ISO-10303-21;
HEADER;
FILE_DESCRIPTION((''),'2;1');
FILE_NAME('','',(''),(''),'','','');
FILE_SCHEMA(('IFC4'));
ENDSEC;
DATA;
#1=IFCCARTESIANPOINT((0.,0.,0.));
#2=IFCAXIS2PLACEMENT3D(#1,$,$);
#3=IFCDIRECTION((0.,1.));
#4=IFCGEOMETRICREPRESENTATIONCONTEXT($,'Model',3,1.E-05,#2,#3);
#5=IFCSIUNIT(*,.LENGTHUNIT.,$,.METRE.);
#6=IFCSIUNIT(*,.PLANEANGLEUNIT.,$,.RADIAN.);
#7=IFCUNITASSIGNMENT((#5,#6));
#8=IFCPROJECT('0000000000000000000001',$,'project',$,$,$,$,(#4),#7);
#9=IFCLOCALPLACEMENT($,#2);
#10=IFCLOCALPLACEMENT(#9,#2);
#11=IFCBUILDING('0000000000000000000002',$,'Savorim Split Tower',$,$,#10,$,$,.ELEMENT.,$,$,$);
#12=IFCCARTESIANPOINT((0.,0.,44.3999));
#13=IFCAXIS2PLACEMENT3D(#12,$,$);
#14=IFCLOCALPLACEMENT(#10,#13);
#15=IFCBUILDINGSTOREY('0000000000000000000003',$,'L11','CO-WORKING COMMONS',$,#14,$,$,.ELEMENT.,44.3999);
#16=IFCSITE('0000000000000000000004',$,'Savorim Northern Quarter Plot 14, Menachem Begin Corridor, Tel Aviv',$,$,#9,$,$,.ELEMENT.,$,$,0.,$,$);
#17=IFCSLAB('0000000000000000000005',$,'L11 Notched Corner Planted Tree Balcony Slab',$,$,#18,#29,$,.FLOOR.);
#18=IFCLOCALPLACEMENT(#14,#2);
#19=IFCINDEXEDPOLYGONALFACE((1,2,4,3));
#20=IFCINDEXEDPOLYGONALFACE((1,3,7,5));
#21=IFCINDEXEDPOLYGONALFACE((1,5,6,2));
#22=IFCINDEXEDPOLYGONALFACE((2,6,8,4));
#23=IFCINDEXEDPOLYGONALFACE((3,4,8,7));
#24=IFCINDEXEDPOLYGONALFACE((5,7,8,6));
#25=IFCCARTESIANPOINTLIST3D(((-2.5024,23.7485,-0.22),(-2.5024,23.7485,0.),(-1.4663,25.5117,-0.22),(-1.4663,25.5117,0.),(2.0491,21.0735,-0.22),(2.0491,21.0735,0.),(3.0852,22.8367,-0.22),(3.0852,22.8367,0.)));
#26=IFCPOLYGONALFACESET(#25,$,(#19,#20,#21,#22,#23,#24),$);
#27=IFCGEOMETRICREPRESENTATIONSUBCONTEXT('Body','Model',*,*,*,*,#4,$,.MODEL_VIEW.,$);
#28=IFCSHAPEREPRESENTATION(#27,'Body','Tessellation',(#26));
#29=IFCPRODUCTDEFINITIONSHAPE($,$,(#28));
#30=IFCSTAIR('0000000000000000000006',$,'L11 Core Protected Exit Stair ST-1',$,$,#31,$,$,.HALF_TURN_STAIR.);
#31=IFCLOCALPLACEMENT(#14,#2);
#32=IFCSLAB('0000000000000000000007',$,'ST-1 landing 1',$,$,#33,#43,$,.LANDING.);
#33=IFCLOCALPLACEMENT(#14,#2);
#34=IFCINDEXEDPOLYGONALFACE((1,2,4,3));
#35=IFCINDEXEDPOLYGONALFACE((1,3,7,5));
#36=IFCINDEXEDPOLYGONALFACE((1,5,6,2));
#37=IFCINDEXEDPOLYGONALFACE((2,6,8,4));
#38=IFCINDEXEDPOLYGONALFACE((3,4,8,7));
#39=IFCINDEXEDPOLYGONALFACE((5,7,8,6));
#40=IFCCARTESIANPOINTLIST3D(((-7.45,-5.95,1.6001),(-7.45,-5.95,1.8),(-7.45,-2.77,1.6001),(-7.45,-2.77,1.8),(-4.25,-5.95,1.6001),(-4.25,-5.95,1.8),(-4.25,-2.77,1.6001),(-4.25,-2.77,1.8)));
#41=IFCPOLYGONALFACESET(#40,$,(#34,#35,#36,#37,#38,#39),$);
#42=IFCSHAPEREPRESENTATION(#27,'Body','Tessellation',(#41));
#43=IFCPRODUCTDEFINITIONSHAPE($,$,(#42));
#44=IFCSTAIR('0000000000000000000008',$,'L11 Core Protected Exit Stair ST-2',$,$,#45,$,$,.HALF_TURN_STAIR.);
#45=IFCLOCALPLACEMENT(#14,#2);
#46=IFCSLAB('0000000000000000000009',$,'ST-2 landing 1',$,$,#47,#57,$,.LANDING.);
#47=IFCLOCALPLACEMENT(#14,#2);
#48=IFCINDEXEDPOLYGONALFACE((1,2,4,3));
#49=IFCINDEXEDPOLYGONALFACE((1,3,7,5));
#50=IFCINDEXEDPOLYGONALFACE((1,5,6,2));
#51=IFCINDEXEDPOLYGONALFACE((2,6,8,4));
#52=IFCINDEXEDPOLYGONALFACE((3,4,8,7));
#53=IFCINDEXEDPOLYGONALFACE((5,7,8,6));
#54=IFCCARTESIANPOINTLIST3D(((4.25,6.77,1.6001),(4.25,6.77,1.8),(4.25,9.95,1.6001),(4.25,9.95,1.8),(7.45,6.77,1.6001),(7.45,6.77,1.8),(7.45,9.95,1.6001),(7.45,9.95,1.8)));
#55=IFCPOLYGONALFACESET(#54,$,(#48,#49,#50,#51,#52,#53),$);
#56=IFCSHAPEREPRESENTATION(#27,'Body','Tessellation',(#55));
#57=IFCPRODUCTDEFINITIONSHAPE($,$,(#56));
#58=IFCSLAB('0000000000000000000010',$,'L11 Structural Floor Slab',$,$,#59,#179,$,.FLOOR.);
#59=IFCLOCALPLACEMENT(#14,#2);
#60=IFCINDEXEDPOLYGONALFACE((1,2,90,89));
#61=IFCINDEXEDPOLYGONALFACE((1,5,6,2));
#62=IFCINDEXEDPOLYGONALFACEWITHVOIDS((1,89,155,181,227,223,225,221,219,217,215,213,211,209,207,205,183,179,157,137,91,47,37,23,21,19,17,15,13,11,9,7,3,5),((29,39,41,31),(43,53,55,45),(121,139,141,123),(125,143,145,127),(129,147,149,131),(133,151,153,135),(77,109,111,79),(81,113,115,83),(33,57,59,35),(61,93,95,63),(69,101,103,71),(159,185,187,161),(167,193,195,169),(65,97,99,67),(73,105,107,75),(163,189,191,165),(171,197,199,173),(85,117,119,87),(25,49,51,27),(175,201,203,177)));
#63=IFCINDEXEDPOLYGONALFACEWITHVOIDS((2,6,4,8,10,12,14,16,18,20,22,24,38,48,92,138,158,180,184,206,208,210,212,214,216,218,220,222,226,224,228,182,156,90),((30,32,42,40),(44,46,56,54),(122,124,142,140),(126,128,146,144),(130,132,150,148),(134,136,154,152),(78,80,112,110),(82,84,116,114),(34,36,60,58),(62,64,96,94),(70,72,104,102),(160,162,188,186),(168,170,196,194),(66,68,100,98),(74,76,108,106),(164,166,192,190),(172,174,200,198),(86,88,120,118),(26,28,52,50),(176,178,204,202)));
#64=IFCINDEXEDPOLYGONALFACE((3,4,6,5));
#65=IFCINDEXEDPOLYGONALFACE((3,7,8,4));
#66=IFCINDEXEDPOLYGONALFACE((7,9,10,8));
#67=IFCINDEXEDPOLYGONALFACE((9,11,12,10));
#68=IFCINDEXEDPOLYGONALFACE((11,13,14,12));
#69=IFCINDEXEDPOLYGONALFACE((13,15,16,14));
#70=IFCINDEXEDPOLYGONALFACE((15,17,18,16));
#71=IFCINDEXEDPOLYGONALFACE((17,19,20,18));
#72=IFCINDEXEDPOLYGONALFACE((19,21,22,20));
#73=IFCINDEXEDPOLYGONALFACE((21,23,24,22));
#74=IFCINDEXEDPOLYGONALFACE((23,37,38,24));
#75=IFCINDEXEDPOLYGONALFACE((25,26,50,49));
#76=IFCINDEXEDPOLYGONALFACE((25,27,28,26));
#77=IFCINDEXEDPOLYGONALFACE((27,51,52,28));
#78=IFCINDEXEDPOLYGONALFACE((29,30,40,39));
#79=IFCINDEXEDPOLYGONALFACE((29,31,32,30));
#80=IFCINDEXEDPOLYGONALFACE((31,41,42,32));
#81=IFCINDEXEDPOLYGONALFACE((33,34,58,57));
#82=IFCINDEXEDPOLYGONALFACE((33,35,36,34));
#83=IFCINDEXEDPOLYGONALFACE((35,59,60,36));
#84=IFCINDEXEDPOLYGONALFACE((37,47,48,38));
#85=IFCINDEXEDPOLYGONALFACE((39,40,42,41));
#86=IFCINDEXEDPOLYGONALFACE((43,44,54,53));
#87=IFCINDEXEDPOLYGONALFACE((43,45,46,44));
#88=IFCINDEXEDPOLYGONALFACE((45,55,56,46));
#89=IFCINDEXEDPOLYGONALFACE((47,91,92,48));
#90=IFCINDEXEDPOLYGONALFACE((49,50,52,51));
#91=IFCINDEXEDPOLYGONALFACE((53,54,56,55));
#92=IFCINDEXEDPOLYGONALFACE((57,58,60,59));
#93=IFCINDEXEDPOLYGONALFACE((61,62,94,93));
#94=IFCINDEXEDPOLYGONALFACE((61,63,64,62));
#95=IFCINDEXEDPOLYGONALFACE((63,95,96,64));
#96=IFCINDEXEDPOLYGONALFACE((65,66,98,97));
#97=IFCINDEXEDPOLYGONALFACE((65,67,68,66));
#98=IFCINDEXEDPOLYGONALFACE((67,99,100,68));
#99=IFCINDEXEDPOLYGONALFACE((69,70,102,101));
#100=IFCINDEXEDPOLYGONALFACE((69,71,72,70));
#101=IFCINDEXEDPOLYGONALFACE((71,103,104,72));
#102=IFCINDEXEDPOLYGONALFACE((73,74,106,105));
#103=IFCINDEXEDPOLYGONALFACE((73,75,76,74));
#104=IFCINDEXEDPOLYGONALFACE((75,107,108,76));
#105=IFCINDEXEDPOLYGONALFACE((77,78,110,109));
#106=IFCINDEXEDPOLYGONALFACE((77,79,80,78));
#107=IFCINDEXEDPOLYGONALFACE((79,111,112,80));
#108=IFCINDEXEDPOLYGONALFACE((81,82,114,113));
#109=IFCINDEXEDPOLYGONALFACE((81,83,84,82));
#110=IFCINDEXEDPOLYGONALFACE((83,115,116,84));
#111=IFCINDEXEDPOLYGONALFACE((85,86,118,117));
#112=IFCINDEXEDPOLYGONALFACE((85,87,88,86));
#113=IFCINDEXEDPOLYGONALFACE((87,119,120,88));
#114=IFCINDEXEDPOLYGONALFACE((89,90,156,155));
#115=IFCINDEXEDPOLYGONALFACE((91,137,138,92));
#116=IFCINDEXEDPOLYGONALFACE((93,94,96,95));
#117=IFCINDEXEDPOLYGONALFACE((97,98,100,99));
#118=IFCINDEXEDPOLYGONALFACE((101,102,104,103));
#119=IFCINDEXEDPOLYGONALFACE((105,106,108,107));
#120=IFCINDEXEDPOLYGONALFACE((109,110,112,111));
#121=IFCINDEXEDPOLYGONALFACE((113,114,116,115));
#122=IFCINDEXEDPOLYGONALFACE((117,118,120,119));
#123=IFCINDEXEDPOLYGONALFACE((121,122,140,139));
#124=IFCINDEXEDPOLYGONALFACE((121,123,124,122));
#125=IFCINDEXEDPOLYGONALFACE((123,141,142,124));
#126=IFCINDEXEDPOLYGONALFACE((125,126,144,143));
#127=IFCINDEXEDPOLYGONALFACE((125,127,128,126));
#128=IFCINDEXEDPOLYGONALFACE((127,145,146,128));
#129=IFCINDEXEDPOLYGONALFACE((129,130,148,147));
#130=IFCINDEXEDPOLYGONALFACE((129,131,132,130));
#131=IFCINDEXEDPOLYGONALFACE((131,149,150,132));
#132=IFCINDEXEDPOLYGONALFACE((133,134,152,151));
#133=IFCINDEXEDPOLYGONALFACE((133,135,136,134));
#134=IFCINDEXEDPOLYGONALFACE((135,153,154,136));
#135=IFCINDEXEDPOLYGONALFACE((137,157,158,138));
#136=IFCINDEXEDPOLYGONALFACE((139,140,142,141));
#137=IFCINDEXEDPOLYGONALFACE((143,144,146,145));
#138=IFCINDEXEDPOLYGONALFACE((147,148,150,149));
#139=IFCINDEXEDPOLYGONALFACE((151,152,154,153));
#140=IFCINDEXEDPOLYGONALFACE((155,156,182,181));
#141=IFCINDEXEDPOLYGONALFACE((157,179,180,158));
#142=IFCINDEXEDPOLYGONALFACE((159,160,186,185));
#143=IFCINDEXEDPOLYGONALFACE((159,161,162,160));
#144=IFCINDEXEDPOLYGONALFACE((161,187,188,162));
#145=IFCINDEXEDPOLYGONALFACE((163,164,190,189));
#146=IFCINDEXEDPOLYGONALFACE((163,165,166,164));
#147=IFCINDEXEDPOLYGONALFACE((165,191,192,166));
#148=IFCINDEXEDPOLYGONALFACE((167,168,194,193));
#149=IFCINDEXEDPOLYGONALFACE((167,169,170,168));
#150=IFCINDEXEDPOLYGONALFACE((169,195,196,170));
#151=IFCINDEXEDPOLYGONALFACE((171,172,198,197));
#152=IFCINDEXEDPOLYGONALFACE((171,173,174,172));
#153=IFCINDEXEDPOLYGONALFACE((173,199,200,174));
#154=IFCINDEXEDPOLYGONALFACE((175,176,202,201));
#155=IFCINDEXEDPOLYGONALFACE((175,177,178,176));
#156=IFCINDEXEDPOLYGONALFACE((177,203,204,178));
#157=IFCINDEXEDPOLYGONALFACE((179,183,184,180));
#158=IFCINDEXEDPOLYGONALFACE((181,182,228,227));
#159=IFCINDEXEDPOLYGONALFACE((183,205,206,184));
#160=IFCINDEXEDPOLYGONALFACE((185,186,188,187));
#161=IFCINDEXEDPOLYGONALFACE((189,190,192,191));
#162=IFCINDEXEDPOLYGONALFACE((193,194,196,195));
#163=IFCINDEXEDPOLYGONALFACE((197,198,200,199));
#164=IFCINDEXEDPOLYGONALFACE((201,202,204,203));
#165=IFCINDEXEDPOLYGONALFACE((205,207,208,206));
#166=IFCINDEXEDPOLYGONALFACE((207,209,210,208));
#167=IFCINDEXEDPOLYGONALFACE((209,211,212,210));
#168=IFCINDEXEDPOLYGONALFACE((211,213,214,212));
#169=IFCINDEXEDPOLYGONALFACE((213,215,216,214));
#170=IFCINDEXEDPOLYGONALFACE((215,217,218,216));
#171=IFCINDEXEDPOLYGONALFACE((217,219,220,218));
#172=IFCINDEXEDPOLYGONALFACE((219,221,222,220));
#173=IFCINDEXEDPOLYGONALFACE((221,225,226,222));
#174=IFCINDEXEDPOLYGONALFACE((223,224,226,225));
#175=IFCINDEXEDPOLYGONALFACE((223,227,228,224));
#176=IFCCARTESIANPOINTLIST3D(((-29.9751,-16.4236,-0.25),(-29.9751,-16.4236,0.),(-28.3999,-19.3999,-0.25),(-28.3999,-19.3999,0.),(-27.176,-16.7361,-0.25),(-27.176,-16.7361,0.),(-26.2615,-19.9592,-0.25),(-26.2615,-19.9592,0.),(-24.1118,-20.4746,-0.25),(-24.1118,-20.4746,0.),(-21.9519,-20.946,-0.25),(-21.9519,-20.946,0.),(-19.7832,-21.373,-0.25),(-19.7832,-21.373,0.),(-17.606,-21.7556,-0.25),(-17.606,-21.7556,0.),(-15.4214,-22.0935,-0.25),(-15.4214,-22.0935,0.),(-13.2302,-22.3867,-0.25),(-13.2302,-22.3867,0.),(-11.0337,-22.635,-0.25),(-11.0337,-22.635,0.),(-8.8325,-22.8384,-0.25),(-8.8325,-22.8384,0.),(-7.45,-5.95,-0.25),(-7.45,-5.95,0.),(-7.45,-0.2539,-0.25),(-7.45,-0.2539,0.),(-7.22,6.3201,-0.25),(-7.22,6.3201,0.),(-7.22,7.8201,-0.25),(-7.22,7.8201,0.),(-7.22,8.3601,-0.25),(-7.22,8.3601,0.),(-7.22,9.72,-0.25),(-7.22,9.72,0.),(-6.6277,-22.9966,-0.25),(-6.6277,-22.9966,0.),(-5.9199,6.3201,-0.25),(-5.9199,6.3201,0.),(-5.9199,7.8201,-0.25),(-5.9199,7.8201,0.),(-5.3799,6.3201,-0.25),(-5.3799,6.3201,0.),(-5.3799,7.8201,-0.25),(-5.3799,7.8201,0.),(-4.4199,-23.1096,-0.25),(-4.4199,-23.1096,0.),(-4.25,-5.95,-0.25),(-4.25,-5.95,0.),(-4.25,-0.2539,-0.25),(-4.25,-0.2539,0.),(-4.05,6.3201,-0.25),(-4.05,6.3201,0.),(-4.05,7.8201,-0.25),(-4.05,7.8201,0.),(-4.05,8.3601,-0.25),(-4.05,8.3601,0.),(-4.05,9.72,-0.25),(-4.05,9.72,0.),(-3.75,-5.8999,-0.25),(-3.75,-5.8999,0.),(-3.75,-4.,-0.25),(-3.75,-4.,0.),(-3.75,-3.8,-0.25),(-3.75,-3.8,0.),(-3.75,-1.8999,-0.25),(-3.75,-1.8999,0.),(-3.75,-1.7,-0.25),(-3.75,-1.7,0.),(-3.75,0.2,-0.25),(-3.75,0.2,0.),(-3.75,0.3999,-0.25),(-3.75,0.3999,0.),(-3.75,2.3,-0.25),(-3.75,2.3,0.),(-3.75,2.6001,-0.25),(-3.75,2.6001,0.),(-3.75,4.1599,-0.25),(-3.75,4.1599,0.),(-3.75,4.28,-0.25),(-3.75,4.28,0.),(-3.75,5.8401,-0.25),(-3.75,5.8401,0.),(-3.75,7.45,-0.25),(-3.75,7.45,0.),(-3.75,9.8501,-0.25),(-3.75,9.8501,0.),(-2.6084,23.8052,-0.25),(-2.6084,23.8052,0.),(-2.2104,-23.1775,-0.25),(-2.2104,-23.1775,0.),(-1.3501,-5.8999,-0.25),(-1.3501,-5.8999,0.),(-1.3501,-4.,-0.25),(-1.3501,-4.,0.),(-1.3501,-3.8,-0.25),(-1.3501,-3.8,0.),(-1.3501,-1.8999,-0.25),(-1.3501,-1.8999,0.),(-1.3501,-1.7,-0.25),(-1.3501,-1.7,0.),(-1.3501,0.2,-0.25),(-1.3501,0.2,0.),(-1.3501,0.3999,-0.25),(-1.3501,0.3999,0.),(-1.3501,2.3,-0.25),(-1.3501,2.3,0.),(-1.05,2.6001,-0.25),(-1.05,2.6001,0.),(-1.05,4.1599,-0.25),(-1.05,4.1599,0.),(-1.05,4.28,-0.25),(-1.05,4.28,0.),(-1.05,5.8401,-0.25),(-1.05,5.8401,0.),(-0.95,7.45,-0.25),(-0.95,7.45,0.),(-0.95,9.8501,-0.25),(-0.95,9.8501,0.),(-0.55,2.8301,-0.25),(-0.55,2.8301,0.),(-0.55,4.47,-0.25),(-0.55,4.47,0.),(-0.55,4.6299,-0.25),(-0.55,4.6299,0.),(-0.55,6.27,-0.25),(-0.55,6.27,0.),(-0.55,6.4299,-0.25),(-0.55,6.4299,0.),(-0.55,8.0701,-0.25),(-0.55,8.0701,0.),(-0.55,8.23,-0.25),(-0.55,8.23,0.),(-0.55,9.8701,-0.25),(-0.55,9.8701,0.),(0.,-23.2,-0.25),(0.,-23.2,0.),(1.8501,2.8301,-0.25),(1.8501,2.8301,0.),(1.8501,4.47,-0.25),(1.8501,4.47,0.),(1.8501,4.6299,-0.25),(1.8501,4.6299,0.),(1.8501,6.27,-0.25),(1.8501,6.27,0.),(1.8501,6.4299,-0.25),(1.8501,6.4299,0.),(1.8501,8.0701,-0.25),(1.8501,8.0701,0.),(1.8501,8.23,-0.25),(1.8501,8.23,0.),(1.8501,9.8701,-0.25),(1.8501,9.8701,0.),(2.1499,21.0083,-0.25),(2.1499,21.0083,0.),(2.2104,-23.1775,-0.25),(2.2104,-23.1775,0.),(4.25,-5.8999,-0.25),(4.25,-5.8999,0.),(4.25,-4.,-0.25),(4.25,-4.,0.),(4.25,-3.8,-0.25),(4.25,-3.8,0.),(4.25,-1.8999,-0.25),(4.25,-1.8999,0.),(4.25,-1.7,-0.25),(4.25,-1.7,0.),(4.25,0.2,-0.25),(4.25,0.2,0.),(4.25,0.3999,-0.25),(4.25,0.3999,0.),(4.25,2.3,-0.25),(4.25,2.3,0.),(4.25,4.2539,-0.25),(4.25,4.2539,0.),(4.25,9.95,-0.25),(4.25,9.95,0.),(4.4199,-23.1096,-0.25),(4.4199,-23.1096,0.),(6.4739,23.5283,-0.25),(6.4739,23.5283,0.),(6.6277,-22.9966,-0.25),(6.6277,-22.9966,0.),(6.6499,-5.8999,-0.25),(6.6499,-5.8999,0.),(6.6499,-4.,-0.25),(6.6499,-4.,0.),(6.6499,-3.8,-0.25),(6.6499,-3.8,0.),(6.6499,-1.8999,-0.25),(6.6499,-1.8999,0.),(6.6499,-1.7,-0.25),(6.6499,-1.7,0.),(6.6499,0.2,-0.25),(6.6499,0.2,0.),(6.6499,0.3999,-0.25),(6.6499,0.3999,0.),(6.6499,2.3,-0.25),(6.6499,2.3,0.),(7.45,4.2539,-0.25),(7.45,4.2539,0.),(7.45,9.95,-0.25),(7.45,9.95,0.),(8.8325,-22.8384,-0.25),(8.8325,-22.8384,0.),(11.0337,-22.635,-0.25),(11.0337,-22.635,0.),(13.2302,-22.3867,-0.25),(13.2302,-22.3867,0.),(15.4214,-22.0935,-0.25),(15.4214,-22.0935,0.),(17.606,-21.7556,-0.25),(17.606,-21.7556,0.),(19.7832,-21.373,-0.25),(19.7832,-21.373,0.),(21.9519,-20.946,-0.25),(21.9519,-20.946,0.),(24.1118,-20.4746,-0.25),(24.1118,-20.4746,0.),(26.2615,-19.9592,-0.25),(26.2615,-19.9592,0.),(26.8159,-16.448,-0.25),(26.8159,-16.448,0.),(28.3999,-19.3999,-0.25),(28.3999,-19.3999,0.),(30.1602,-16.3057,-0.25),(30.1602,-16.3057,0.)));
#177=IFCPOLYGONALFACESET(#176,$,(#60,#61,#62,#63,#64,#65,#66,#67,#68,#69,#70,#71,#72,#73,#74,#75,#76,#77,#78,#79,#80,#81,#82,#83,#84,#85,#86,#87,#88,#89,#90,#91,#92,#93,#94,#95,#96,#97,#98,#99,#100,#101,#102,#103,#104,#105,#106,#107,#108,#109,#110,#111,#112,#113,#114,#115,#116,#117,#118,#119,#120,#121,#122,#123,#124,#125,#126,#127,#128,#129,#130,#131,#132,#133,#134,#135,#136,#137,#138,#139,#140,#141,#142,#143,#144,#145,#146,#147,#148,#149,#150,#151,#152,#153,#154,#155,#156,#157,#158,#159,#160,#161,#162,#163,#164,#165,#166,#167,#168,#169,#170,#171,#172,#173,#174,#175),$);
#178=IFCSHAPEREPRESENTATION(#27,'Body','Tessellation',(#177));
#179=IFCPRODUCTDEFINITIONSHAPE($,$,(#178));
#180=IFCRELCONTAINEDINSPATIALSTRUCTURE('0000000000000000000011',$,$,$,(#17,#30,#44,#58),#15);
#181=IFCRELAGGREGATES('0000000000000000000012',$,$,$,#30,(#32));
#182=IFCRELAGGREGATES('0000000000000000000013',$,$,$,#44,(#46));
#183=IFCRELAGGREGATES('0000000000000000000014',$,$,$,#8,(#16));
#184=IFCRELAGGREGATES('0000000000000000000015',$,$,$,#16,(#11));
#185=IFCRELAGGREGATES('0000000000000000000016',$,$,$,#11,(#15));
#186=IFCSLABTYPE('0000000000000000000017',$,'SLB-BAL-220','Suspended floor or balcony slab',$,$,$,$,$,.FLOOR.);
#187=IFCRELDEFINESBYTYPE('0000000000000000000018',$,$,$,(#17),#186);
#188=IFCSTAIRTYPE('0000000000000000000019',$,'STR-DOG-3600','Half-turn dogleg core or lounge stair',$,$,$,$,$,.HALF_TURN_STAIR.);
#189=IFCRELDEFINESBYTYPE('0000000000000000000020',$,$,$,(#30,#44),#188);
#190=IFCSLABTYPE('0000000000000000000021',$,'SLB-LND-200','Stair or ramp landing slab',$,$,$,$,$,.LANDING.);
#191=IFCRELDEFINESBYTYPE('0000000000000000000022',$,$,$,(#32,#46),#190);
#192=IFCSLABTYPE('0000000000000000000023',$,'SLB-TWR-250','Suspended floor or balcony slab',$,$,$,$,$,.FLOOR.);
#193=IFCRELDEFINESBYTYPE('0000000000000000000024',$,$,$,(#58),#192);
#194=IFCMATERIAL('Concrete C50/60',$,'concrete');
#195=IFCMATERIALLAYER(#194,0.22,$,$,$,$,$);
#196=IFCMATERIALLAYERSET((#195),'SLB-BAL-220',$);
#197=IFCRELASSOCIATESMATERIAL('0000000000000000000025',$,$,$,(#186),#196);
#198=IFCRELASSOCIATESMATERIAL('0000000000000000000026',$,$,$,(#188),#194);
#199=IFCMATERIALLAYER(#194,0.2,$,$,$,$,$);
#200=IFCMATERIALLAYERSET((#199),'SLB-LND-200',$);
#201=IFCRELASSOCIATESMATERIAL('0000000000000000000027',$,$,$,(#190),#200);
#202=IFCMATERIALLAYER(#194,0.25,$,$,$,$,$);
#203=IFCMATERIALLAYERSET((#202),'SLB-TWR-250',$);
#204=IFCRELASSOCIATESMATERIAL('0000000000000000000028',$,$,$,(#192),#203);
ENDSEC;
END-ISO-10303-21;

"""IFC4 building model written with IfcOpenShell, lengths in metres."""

from ifc_helpers import new_model, si_unit, direction, frame, origin, place, context, subcontext, project, spatial, polyline, outline, extrude, material, layer, layer_set, type_object, element, aggregate, save


model = new_model("IFC4")

# Units and contexts
model_context = context("Model", 3, precision=1e-05, world=origin(), true_north=direction((0.0, 1.0)))
body_context = subcontext(model_context, "Body", "Model", "MODEL_VIEW")
ifc_project = project(units=[si_unit("LENGTHUNIT", "METRE"), si_unit("PLANEANGLEUNIT", "RADIAN")], contexts=[model_context])

# Site, building, storey
site_placement = place(None, origin())
site = spatial("IfcSite", under=ifc_project, at=site_placement, Name="Savorim Northern Quarter Plot 14, Menachem Begin Corridor, Tel Aviv", CompositionType="ELEMENT", RefElevation=0.0)
building_placement = place(site_placement, origin())
building = spatial("IfcBuilding", under=site, at=building_placement, Name="Savorim Split Tower", CompositionType="ELEMENT")
storey_placement = place(building_placement, frame((0.0, 0.0, 44.3999)))
storey = spatial("IfcBuildingStorey", under=building, at=storey_placement, Name="L11", Description="CO-WORKING COMMONS", CompositionType="ELEMENT", Elevation=44.3999)

# Slab
ifc_material_1 = material(Name="Concrete C50/60", Category="concrete")
ifc_layer_1 = layer(ifc_material_1, 0.22)
ifc_layer_set_1 = layer_set([ifc_layer_1], Name="SLB-BAL-220")
slab_type_1 = type_object("IfcSlabType", Name="SLB-BAL-220", Description="Suspended floor or balcony slab", PredefinedType="FLOOR", material=ifc_layer_set_1)
slab_1_placement = place(storey_placement, frame((0.0, 0.0, -0.22)))
element("IfcSlab", 1, at=slab_1_placement, inside=storey, type_object=slab_type_1, Name="L11 Notched Corner Planted Tree Balcony Slab", PredefinedType="FLOOR", context=body_context, shape_type="SweptSolid", body=[
    extrude(outline(polyline([(-2.5024, 23.7485), (2.0491, 21.0735), (3.0852, 22.8367), (-1.4663, 25.5117), (-2.5024, 23.7485)])), origin(), (0.0, 0.0, 1.0), 0.22),
])

# Stairs, slabs
stair_type = type_object("IfcStairType", Name="STR-DOG-3600", Description="Half-turn dogleg core or lounge stair", PredefinedType="HALF_TURN_STAIR", material=ifc_material_1)
stair_1_placement = place(storey_placement, origin())
stair_1 = element("IfcStair", 2, at=stair_1_placement, inside=storey, type_object=stair_type, Name="L11 Core Protected Exit Stair ST-1", PredefinedType="HALF_TURN_STAIR")
ifc_layer_2 = layer(ifc_material_1, 0.2)
ifc_layer_set_2 = layer_set([ifc_layer_2], Name="SLB-LND-200")
slab_type_2 = type_object("IfcSlabType", Name="SLB-LND-200", Description="Stair or ramp landing slab", PredefinedType="LANDING", material=ifc_layer_set_2)
slab_2_placement = place(storey_placement, frame((0.0, 0.0, 1.6001)))
slab_2 = element("IfcSlab", 3, at=slab_2_placement, type_object=slab_type_2, Name="ST-1 landing 1", PredefinedType="LANDING", context=body_context, shape_type="SweptSolid", body=[
    extrude(outline(polyline([(-7.45, -2.77), (-7.45, -5.95), (-4.25, -5.95), (-4.25, -2.77), (-7.45, -2.77)])), origin(), (0.0, 0.0, 1.0), 0.2),
])
aggregate(stair_1, [slab_2])
stair_2_placement = place(storey_placement, origin())
stair_2 = element("IfcStair", 4, at=stair_2_placement, inside=storey, type_object=stair_type, Name="L11 Core Protected Exit Stair ST-2", PredefinedType="HALF_TURN_STAIR")
slab_3_placement = place(storey_placement, frame((0.0, 0.0, 1.6001)))
slab_3 = element("IfcSlab", 5, at=slab_3_placement, type_object=slab_type_2, Name="ST-2 landing 1", PredefinedType="LANDING", context=body_context, shape_type="SweptSolid", body=[
    extrude(outline(polyline([(7.45, 6.77), (7.45, 9.95), (4.25, 9.95), (4.25, 6.77), (7.45, 6.77)])), origin(), (0.0, 0.0, 1.0), 0.2),
])
aggregate(stair_2, [slab_3])

# Slab
ifc_layer_3 = layer(ifc_material_1, 0.25)
ifc_layer_set_3 = layer_set([ifc_layer_3], Name="SLB-TWR-250")
slab_type_3 = type_object("IfcSlabType", Name="SLB-TWR-250", Description="Suspended floor or balcony slab", PredefinedType="FLOOR", material=ifc_layer_set_3)
slab_4_placement = place(storey_placement, frame((0.0, 0.0, -0.25)))
element("IfcSlab", 6, at=slab_4_placement, inside=storey, type_object=slab_type_3, Name="L11 Structural Floor Slab", PredefinedType="FLOOR", context=body_context, shape_type="SweptSolid", body=[
    extrude(outline(polyline([(-28.3999, -19.3999), (-26.2615, -19.9592), (-24.1118, -20.4746), (-21.9519, -20.946), (-19.7832, -21.373), (-17.606, -21.7556), (-15.4214, -22.0935), (-13.2302, -22.3867), (-11.0337, -22.635), (-8.8325, -22.8384), (-6.6277, -22.9966), (-4.4199, -23.1096), (-2.2104, -23.1775), (0.0, -23.2), (2.2104, -23.1775), (4.4199, -23.1096), (6.6277, -22.9966), (8.8325, -22.8384), (11.0337, -22.635), (13.2302, -22.3867), (15.4214, -22.0935), (17.606, -21.7556), (19.7832, -21.373), (21.9519, -20.946), (24.1118, -20.4746), (26.2615, -19.9592), (28.3999, -19.3999), (26.8159, -16.448), (30.1602, -16.3057), (6.4739, 23.5283), (2.1499, 21.0083), (-2.6084, 23.8052), (-29.9751, -16.4236), (-27.176, -16.7361), (-28.3999, -19.3999)]), holes=[polyline([(-7.45, -0.2539), (-7.45, -5.95), (-4.25, -5.95), (-4.25, -0.2539), (-7.45, -0.2539)]), polyline([(7.45, 4.2539), (7.45, 9.95), (4.25, 9.95), (4.25, 4.2539), (7.45, 4.2539)]), polyline([(4.25, -5.8999), (6.6499, -5.8999), (6.6499, -4.0), (4.25, -4.0), (4.25, -5.8999)]), polyline([(4.25, -3.8), (6.6499, -3.8), (6.6499, -1.8999), (4.25, -1.8999), (4.25, -3.8)]), polyline([(4.25, -1.7), (6.6499, -1.7), (6.6499, 0.2), (4.25, 0.2), (4.25, -1.7)]), polyline([(4.25, 0.3999), (6.6499, 0.3999), (6.6499, 2.3), (4.25, 2.3), (4.25, 0.3999)]), polyline([(-3.75, -5.8999), (-1.3501, -5.8999), (-1.3501, -4.0), (-3.75, -4.0), (-3.75, -5.8999)]), polyline([(-3.75, -3.8), (-1.3501, -3.8), (-1.3501, -1.8999), (-3.75, -1.8999), (-3.75, -3.8)]), polyline([(-3.75, -1.7), (-1.3501, -1.7), (-1.3501, 0.2), (-3.75, 0.2), (-3.75, -1.7)]), polyline([(-3.75, 0.3999), (-1.3501, 0.3999), (-1.3501, 2.3), (-3.75, 2.3), (-3.75, 0.3999)]), polyline([(-0.55, 2.8301), (1.8501, 2.8301), (1.8501, 4.47), (-0.55, 4.47), (-0.55, 2.8301)]), polyline([(-0.55, 4.6299), (1.8501, 4.6299), (1.8501, 6.27), (-0.55, 6.27), (-0.55, 4.6299)]), polyline([(-0.55, 6.4299), (1.8501, 6.4299), (1.8501, 8.0701), (-0.55, 8.0701), (-0.55, 6.4299)]), polyline([(-0.55, 8.23), (1.8501, 8.23), (1.8501, 9.8701), (-0.55, 9.8701), (-0.55, 8.23)]), polyline([(-3.75, 2.6001), (-1.05, 2.6001), (-1.05, 4.1599), (-3.75, 4.1599), (-3.75, 2.6001)]), polyline([(-3.75, 4.28), (-1.05, 4.28), (-1.05, 5.8401), (-3.75, 5.8401), (-3.75, 4.28)]), polyline([(-3.75, 7.45), (-0.95, 7.45), (-0.95, 9.8501), (-3.75, 9.8501), (-3.75, 7.45)]), polyline([(-7.22, 6.3201), (-5.9199, 6.3201), (-5.9199, 7.8201), (-7.22, 7.8201), (-7.22, 6.3201)]), polyline([(-5.3799, 6.3201), (-4.05, 6.3201), (-4.05, 7.8201), (-5.3799, 7.8201), (-5.3799, 6.3201)]), polyline([(-7.22, 8.3601), (-4.05, 8.3601), (-4.05, 9.72), (-7.22, 9.72), (-7.22, 8.3601)])]), origin(), (0.0, 0.0, 1.0), 0.25),
])

save(model, "model.ifc")
